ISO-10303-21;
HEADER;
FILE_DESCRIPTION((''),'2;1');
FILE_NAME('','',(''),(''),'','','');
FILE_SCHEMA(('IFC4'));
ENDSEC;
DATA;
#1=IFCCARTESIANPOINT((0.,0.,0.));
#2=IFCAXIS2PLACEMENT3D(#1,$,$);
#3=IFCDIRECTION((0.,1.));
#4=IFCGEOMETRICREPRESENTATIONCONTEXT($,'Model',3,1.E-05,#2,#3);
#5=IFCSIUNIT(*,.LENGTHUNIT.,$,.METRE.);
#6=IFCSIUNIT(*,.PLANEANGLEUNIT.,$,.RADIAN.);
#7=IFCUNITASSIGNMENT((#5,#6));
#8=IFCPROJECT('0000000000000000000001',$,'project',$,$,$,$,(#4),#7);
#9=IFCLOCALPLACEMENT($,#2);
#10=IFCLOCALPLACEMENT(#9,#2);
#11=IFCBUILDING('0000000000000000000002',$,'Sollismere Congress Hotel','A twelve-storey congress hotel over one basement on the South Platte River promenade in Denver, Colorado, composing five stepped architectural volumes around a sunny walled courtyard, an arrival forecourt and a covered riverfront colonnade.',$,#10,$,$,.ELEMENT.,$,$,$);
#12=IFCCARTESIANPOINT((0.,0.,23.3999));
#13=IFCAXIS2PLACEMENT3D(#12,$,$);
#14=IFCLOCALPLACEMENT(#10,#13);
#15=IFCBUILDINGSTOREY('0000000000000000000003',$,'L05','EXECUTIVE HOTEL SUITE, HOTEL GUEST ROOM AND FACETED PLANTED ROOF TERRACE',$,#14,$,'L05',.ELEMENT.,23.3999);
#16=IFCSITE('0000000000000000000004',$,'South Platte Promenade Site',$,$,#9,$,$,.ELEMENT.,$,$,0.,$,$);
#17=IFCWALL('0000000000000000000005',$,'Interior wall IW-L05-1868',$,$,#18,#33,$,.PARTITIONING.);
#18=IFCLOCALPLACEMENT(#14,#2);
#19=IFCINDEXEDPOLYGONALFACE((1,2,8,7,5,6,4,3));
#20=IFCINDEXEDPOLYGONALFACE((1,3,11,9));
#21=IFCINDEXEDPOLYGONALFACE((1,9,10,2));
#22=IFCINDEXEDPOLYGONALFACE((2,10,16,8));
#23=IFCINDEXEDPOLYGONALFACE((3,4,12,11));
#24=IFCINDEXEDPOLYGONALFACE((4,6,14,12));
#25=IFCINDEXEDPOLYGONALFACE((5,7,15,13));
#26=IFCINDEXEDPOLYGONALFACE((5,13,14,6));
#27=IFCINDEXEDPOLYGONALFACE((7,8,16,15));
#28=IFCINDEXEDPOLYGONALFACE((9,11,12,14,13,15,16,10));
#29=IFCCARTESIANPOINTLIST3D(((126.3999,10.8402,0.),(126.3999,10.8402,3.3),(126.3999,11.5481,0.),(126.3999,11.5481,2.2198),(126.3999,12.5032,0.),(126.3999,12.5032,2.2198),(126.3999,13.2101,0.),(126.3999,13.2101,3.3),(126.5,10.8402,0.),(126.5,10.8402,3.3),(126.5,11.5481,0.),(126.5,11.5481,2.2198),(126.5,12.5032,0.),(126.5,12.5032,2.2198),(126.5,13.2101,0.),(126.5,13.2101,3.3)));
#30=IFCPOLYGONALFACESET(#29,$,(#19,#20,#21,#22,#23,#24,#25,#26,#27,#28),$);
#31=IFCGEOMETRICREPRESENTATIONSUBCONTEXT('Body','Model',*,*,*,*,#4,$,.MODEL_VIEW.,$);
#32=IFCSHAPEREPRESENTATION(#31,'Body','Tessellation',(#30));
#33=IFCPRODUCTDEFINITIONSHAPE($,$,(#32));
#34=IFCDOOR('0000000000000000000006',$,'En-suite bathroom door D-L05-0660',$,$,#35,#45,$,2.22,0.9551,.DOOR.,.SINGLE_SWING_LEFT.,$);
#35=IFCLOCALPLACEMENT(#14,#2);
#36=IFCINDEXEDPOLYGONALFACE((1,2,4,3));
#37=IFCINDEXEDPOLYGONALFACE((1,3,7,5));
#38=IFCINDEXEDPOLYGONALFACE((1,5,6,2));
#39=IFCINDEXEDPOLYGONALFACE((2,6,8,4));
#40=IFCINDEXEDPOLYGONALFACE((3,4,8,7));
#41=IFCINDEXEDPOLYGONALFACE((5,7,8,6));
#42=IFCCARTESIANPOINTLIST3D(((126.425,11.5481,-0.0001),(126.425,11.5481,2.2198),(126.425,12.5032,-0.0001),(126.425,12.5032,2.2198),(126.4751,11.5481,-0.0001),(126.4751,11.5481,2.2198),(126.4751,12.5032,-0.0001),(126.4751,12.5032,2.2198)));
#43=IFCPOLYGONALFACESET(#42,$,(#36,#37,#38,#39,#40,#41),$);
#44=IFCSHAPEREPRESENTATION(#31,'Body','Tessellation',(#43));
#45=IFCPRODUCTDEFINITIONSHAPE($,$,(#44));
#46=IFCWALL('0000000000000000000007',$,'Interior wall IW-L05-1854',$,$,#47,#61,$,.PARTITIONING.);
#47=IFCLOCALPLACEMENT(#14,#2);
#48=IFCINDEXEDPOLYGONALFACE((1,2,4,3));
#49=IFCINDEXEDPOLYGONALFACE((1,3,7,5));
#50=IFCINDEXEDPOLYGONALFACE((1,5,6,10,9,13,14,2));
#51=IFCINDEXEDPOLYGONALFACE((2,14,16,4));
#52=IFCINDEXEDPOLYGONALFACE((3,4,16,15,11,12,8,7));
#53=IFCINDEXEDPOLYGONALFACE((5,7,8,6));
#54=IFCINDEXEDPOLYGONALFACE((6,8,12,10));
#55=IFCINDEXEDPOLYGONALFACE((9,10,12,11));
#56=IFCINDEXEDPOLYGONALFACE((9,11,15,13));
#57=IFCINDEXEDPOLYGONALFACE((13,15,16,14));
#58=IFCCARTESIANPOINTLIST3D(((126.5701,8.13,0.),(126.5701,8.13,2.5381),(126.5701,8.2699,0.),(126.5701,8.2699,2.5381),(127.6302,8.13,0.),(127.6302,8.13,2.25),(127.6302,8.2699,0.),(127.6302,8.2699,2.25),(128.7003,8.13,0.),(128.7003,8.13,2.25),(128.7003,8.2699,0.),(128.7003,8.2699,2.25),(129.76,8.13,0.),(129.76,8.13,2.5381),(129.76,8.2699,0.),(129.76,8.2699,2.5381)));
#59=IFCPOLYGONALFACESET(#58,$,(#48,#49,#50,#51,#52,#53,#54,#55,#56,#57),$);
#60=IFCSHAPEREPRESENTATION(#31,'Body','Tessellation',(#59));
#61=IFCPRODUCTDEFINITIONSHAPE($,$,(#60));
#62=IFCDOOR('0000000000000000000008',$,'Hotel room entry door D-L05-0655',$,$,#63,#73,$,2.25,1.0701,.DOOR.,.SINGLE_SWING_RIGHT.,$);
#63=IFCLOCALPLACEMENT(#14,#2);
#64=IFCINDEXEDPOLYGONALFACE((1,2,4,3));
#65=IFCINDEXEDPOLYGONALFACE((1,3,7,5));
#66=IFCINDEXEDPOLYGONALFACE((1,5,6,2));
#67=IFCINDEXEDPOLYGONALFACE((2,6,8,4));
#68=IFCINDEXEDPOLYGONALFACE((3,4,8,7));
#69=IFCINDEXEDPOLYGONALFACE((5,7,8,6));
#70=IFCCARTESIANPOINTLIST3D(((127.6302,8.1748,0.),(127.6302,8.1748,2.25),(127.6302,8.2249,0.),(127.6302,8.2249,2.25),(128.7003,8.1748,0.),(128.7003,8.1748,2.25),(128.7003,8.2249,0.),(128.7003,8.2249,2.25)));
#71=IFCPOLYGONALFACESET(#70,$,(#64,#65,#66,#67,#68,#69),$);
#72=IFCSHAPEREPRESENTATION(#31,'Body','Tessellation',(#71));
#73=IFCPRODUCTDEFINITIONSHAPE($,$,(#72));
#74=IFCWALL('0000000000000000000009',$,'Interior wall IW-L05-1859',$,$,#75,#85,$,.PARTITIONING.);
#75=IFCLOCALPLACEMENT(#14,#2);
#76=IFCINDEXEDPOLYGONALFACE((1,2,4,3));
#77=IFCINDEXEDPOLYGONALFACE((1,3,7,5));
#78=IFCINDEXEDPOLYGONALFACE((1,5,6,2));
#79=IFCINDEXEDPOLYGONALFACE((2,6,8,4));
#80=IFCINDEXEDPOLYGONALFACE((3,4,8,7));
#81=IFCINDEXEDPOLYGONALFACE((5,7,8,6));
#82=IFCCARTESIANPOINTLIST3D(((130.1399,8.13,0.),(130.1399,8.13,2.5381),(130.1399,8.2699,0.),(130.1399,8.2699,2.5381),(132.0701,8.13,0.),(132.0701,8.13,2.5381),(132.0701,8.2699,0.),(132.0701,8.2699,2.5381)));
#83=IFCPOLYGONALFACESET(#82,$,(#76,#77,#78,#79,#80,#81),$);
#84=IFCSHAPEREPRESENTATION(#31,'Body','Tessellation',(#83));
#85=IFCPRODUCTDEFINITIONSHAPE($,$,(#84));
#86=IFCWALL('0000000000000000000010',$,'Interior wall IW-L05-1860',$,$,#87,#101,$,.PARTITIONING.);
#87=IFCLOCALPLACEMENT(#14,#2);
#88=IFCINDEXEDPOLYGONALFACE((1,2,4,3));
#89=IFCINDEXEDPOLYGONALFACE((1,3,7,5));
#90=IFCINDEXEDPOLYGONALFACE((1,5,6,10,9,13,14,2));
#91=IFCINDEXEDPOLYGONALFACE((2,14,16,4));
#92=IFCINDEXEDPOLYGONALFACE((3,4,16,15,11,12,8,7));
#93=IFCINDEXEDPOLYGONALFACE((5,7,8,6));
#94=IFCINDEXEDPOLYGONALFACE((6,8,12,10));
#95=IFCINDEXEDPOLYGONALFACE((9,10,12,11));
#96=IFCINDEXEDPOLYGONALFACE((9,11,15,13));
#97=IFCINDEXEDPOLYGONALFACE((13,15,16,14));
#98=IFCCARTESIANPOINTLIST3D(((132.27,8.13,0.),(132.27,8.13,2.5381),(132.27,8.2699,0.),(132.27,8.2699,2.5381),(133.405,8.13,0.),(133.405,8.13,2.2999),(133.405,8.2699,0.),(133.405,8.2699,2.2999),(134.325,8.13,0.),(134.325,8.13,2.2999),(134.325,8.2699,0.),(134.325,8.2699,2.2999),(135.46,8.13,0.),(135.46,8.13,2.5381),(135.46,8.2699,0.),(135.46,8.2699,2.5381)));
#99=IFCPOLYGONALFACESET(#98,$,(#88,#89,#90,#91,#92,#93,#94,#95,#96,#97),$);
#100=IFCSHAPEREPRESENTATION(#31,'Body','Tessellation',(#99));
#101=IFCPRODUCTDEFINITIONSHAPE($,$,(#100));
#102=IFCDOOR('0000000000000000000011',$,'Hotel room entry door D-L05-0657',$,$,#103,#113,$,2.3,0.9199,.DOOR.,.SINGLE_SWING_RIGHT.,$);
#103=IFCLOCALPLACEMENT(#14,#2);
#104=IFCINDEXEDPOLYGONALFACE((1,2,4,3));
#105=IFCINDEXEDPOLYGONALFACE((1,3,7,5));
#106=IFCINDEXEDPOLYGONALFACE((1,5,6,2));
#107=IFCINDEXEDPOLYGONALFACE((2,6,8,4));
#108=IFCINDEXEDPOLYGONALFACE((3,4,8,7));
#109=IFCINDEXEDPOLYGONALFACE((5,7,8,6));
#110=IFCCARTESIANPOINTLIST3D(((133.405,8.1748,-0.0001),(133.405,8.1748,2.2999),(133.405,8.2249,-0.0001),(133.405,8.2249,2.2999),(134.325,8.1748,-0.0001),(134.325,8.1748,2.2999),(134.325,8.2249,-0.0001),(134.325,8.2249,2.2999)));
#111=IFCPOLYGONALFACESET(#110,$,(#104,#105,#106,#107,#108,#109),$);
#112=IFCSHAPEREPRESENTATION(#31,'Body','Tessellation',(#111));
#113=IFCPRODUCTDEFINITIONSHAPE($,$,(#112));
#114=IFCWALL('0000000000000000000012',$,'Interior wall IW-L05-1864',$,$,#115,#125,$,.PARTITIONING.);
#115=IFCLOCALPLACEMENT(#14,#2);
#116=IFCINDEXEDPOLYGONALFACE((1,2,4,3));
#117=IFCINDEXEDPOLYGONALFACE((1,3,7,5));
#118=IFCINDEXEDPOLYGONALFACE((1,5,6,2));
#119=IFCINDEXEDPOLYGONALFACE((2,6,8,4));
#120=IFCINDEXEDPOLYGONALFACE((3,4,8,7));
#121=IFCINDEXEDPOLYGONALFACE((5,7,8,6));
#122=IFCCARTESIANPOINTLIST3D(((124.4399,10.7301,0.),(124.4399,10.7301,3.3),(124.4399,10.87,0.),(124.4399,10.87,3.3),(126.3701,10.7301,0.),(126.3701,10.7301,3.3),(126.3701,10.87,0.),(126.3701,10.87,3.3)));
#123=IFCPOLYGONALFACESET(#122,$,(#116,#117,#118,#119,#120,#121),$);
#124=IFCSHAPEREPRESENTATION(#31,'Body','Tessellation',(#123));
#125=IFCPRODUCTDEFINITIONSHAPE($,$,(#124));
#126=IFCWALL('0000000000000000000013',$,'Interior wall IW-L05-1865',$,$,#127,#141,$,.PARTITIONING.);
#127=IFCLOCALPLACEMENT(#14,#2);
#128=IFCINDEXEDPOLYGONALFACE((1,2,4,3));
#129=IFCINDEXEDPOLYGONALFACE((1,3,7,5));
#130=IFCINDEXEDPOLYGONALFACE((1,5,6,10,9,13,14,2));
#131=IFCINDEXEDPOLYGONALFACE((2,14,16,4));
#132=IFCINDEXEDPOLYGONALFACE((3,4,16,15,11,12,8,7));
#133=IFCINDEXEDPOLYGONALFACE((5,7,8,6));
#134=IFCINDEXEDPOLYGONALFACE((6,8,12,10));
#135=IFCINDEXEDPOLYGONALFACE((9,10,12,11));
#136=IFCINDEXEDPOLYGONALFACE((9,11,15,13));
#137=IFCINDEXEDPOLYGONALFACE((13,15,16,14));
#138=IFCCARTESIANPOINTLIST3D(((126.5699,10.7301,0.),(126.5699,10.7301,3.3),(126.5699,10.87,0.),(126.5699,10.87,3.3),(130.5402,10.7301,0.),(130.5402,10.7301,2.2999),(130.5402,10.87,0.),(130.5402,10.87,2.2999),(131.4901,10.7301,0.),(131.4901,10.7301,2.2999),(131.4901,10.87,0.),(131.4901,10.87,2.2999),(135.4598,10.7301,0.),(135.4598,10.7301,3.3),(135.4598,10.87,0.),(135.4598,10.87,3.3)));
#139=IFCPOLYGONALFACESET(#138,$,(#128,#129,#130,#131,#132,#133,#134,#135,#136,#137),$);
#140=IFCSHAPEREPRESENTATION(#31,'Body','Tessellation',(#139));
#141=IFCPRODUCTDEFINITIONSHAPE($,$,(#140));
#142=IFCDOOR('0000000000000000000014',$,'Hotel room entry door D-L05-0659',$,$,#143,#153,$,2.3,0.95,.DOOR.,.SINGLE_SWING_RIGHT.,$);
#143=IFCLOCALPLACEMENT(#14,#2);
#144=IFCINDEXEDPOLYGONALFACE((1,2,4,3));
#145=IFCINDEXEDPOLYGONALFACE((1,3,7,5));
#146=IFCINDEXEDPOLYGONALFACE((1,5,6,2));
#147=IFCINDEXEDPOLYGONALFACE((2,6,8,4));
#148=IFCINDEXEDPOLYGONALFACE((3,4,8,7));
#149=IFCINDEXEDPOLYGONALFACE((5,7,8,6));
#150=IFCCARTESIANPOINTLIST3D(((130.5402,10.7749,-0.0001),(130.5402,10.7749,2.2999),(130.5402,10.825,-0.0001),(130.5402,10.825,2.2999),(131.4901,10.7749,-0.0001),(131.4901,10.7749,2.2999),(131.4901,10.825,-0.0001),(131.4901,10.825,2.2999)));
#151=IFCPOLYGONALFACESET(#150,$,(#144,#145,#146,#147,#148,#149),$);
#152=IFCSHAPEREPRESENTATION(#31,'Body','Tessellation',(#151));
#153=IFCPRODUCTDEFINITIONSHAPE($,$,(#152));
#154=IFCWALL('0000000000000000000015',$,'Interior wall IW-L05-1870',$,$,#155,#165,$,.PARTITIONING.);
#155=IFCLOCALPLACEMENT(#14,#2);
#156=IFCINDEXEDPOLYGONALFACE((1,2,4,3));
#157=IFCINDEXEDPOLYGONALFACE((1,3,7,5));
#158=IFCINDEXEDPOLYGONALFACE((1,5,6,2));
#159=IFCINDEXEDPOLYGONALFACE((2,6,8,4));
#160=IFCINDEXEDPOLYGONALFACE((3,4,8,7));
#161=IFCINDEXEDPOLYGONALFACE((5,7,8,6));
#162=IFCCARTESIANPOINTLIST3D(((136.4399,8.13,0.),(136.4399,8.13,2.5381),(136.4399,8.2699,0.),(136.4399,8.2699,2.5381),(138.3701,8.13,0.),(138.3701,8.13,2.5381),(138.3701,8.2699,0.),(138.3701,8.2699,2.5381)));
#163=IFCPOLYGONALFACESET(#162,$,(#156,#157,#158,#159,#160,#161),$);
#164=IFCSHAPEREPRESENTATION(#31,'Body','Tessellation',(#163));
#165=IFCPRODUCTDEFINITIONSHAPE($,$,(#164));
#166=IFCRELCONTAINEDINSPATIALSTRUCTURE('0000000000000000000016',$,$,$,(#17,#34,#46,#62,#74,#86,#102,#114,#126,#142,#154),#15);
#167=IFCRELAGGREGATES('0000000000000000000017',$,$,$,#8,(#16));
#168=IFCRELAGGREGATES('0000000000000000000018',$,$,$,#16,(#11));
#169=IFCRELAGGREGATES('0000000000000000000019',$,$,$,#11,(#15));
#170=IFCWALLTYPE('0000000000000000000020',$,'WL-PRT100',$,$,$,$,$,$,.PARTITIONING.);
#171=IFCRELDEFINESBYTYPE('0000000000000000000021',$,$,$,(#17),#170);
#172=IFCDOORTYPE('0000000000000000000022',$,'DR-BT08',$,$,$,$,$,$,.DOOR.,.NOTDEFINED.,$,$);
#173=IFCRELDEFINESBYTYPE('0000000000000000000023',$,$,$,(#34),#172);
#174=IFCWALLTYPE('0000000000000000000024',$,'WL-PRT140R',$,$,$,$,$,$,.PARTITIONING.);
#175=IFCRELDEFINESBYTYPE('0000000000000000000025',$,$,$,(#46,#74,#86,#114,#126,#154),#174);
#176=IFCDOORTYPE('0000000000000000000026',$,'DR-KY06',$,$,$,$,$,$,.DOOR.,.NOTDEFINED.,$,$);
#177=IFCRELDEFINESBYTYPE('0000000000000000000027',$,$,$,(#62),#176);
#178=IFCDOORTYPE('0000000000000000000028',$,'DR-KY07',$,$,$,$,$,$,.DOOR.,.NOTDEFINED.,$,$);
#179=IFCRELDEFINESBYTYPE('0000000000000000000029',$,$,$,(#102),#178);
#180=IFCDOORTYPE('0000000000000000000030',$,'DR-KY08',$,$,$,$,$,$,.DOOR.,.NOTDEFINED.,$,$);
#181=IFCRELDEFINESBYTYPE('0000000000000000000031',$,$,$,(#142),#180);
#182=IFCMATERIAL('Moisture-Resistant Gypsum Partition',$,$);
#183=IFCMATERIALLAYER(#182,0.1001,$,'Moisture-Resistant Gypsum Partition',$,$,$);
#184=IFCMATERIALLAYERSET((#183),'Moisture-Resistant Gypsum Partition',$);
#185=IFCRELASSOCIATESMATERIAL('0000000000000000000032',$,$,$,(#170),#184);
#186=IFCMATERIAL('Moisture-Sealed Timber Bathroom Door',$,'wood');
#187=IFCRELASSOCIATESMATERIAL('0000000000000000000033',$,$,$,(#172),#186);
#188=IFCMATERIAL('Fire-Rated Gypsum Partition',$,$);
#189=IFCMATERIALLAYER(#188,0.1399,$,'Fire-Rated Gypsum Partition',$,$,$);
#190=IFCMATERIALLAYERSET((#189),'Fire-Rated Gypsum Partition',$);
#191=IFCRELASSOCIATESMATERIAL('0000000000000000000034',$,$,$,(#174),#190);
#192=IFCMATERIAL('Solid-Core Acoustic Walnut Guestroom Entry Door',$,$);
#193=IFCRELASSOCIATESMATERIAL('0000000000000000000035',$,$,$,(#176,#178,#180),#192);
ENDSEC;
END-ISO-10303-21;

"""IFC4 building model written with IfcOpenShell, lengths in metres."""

from ifc_helpers import new_model, si_unit, direction, frame, frame_2d, origin, place, context, subcontext, project, spatial, rectangle, extrude, material, layer, layer_set, type_object, element, fill, save


model = new_model("IFC4")

# Units and contexts
model_context = context("Model", 3, precision=1e-05, world=origin(), true_north=direction((0.0, 1.0)))
body_context = subcontext(model_context, "Body", "Model", "MODEL_VIEW")
ifc_project = project(units=[si_unit("LENGTHUNIT", "METRE"), si_unit("PLANEANGLEUNIT", "RADIAN")], contexts=[model_context])

# Site, building, storey
site_placement = place(None, origin())
site = spatial("IfcSite", under=ifc_project, at=site_placement, Name="South Platte Promenade Site", CompositionType="ELEMENT", RefElevation=0.0)
building_placement = place(site_placement, origin())
building = spatial("IfcBuilding", under=site, at=building_placement, Name="Sollismere Congress Hotel", Description="A twelve-storey congress hotel over one basement on the South Platte River promenade in Denver, Colorado, composing five stepped architectural volumes around a sunny walled courtyard, an arrival forecourt and a covered riverfront colonnade.", CompositionType="ELEMENT")
storey_placement = place(building_placement, frame((0.0, 0.0, 23.3999)))
storey = spatial("IfcBuildingStorey", under=building, at=storey_placement, Name="L05", Description="EXECUTIVE HOTEL SUITE, HOTEL GUEST ROOM AND FACETED PLANTED ROOF TERRACE", LongName="L05", CompositionType="ELEMENT", Elevation=23.3999)

# Walls, openings, doors
ifc_material_1 = material(Name="Moisture-Resistant Gypsum Partition")
ifc_layer_1 = layer(ifc_material_1, 0.1001, Name="Moisture-Resistant Gypsum Partition")
ifc_layer_set_1 = layer_set([ifc_layer_1], Name="Moisture-Resistant Gypsum Partition")
wall_type_1 = type_object("IfcWallType", Name="WL-PRT100", PredefinedType="PARTITIONING", material=ifc_layer_set_1)
wall_1_placement = place(storey_placement, frame((126.45, 10.8401, 0.0), z_axis=(0.0, 0.0, 1.0), x_axis=(0.0, 1.0, 0.0)))
wall_1 = element("IfcWall", 1, at=wall_1_placement, inside=storey, type_object=wall_type_1, Name="Interior wall IW-L05-1868", PredefinedType="PARTITIONING", context=body_context, shape_type="SweptSolid", body=[
    extrude(rectangle(XDim=2.3699, YDim=0.1001, at=frame_2d((1.1851, 0.0))), origin(), (0.0, 0.0, 1.0), 3.3),
])
opening_1_placement = place(wall_1_placement, frame((0.708, 0.0, 0.0)))
opening_1 = element("IfcOpeningElement", 2, at=opening_1_placement, cuts=wall_1, PredefinedType="OPENING", context=body_context, shape_type="SweptSolid", body=[
    extrude(rectangle(XDim=0.9551, YDim=2.22, at=frame_2d((0.4775, 1.1099))), frame((0.0, 0.0601, 0.0), z_axis=(0.0, -1.0, 0.0), x_axis=(1.0, 0.0, 0.0)), (0.0, 0.0, 1.0), 0.1201),
])
ifc_material_2 = material(Name="Moisture-Sealed Timber Bathroom Door", Category="wood")
door_type_1 = type_object("IfcDoorType", Name="DR-BT08", OperationType="NOTDEFINED", PredefinedType="DOOR", material=ifc_material_2)
door_1_placement = place(opening_1_placement, origin())
door_1 = element("IfcDoor", 3, at=door_1_placement, inside=storey, type_object=door_type_1, Name="En-suite bathroom door D-L05-0660", OperationType="SINGLE_SWING_LEFT", OverallHeight=2.22, OverallWidth=0.9551, PredefinedType="DOOR", context=body_context, shape_type="SweptSolid", body=[
    extrude(rectangle(XDim=0.9551, YDim=2.22, at=frame_2d((0.4775, 1.1099))), frame((0.0, 0.0249, 0.0), z_axis=(0.0, -1.0, 0.0), x_axis=(1.0, 0.0, 0.0)), (0.0, 0.0, 1.0), 0.05),
])
fill(opening_1, door_1)
ifc_material_3 = material(Name="Fire-Rated Gypsum Partition")
ifc_layer_2 = layer(ifc_material_3, 0.1399, Name="Fire-Rated Gypsum Partition")
ifc_layer_set_2 = layer_set([ifc_layer_2], Name="Fire-Rated Gypsum Partition")
wall_type_2 = type_object("IfcWallType", Name="WL-PRT140R", PredefinedType="PARTITIONING", material=ifc_layer_set_2)
wall_2_placement = place(storey_placement, frame((126.5701, 8.2, 0.0), z_axis=(0.0, 0.0, 1.0), x_axis=(1.0, 0.0, 0.0)))
wall_2 = element("IfcWall", 4, at=wall_2_placement, inside=storey, type_object=wall_type_2, Name="Interior wall IW-L05-1854", PredefinedType="PARTITIONING", context=body_context, shape_type="SweptSolid", body=[
    extrude(rectangle(XDim=3.1899, YDim=0.1399, at=frame_2d((1.595, 0.0))), origin(), (0.0, 0.0, 1.0), 2.5381),
])
opening_2_placement = place(wall_2_placement, frame((1.0601, 0.0, 0.0)))
opening_2 = element("IfcOpeningElement", 5, at=opening_2_placement, cuts=wall_2, PredefinedType="OPENING", context=body_context, shape_type="SweptSolid", body=[
    extrude(rectangle(XDim=1.0701, YDim=2.25, at=frame_2d((0.5352, 1.125))), frame((0.0, 0.0798, 0.0), z_axis=(0.0, -1.0, 0.0), x_axis=(1.0, 0.0, 0.0)), (0.0, 0.0, 1.0), 0.1599),
])
ifc_material_4 = material(Name="Solid-Core Acoustic Walnut Guestroom Entry Door")
door_type_2 = type_object("IfcDoorType", Name="DR-KY06", OperationType="NOTDEFINED", PredefinedType="DOOR", material=ifc_material_4)
door_2_placement = place(opening_2_placement, origin())
door_2 = element("IfcDoor", 6, at=door_2_placement, inside=storey, type_object=door_type_2, Name="Hotel room entry door D-L05-0655", OperationType="SINGLE_SWING_RIGHT", OverallHeight=2.25, OverallWidth=1.0701, PredefinedType="DOOR", context=body_context, shape_type="SweptSolid", body=[
    extrude(rectangle(XDim=1.0701, YDim=2.25, at=frame_2d((0.5352, 1.125))), frame((0.0, 0.0249, 0.0), z_axis=(0.0, -1.0, 0.0), x_axis=(1.0, 0.0, 0.0)), (0.0, 0.0, 1.0), 0.05),
])
fill(opening_2, door_2)

# Wall
wall_3_placement = place(storey_placement, frame((130.1399, 8.2, 0.0), z_axis=(0.0, 0.0, 1.0), x_axis=(1.0, 0.0, 0.0)))
element("IfcWall", 7, at=wall_3_placement, inside=storey, type_object=wall_type_2, Name="Interior wall IW-L05-1859", PredefinedType="PARTITIONING", context=body_context, shape_type="SweptSolid", body=[
    extrude(rectangle(XDim=1.9302, YDim=0.1399, at=frame_2d((0.9651, 0.0))), origin(), (0.0, 0.0, 1.0), 2.5381),
])

# Wall, opening, door
wall_4_placement = place(storey_placement, frame((132.27, 8.2, 0.0), z_axis=(0.0, 0.0, 1.0), x_axis=(1.0, 0.0, 0.0)))
wall_4 = element("IfcWall", 8, at=wall_4_placement, inside=storey, type_object=wall_type_2, Name="Interior wall IW-L05-1860", PredefinedType="PARTITIONING", context=body_context, shape_type="SweptSolid", body=[
    extrude(rectangle(XDim=3.1899, YDim=0.1399, at=frame_2d((1.595, 0.0))), origin(), (0.0, 0.0, 1.0), 2.5381),
])
opening_3_placement = place(wall_4_placement, frame((1.135, 0.0, 0.0)))
opening_3 = element("IfcOpeningElement", 9, at=opening_3_placement, cuts=wall_4, PredefinedType="OPENING", context=body_context, shape_type="SweptSolid", body=[
    extrude(rectangle(XDim=0.9199, YDim=2.3, at=frame_2d((0.46, 1.1499))), frame((0.0, 0.0798, 0.0), z_axis=(0.0, -1.0, 0.0), x_axis=(1.0, 0.0, 0.0)), (0.0, 0.0, 1.0), 0.1599),
])
door_type_3 = type_object("IfcDoorType", Name="DR-KY07", OperationType="NOTDEFINED", PredefinedType="DOOR", material=ifc_material_4)
door_3_placement = place(opening_3_placement, origin())
door_3 = element("IfcDoor", 10, at=door_3_placement, inside=storey, type_object=door_type_3, Name="Hotel room entry door D-L05-0657", OperationType="SINGLE_SWING_RIGHT", OverallHeight=2.3, OverallWidth=0.9199, PredefinedType="DOOR", context=body_context, shape_type="SweptSolid", body=[
    extrude(rectangle(XDim=0.9199, YDim=2.3, at=frame_2d((0.46, 1.1499))), frame((0.0, 0.0249, 0.0), z_axis=(0.0, -1.0, 0.0), x_axis=(1.0, 0.0, 0.0)), (0.0, 0.0, 1.0), 0.05),
])
fill(opening_3, door_3)

# Wall
wall_5_placement = place(storey_placement, frame((124.4399, 10.8, 0.0), z_axis=(0.0, 0.0, 1.0), x_axis=(1.0, 0.0, 0.0)))
element("IfcWall", 11, at=wall_5_placement, inside=storey, type_object=wall_type_2, Name="Interior wall IW-L05-1864", PredefinedType="PARTITIONING", context=body_context, shape_type="SweptSolid", body=[
    extrude(rectangle(XDim=1.9302, YDim=0.1399, at=frame_2d((0.9651, 0.0))), origin(), (0.0, 0.0, 1.0), 3.3),
])

# Wall, opening, door
wall_6_placement = place(storey_placement, frame((126.5701, 10.8, 0.0), z_axis=(0.0, 0.0, 1.0), x_axis=(1.0, 0.0, 0.0)))
wall_6 = element("IfcWall", 12, at=wall_6_placement, inside=storey, type_object=wall_type_2, Name="Interior wall IW-L05-1865", PredefinedType="PARTITIONING", context=body_context, shape_type="SweptSolid", body=[
    extrude(rectangle(XDim=8.8899, YDim=0.1399, at=frame_2d((4.4448, 0.0))), origin(), (0.0, 0.0, 1.0), 3.3),
])
opening_4_placement = place(wall_6_placement, frame((3.97, 0.0, 0.0)))
opening_4 = element("IfcOpeningElement", 13, at=opening_4_placement, cuts=wall_6, PredefinedType="OPENING", context=body_context, shape_type="SweptSolid", body=[
    extrude(rectangle(XDim=0.95, YDim=2.3, at=frame_2d((0.4751, 1.1499))), frame((0.0, 0.0798, 0.0), z_axis=(0.0, -1.0, 0.0), x_axis=(1.0, 0.0, 0.0)), (0.0, 0.0, 1.0), 0.1599),
])
door_type_4 = type_object("IfcDoorType", Name="DR-KY08", OperationType="NOTDEFINED", PredefinedType="DOOR", material=ifc_material_4)
door_4_placement = place(opening_4_placement, origin())
door_4 = element("IfcDoor", 14, at=door_4_placement, inside=storey, type_object=door_type_4, Name="Hotel room entry door D-L05-0659", OperationType="SINGLE_SWING_RIGHT", OverallHeight=2.3, OverallWidth=0.95, PredefinedType="DOOR", context=body_context, shape_type="SweptSolid", body=[
    extrude(rectangle(XDim=0.95, YDim=2.3, at=frame_2d((0.4751, 1.1499))), frame((0.0, 0.0249, 0.0), z_axis=(0.0, -1.0, 0.0), x_axis=(1.0, 0.0, 0.0)), (0.0, 0.0, 1.0), 0.05),
])
fill(opening_4, door_4)

# Wall
wall_7_placement = place(storey_placement, frame((136.4399, 8.2, 0.0), z_axis=(0.0, 0.0, 1.0), x_axis=(1.0, 0.0, 0.0)))
element("IfcWall", 15, at=wall_7_placement, inside=storey, type_object=wall_type_2, Name="Interior wall IW-L05-1870", PredefinedType="PARTITIONING", context=body_context, shape_type="SweptSolid", body=[
    extrude(rectangle(XDim=1.9302, YDim=0.1399, at=frame_2d((0.9651, 0.0))), origin(), (0.0, 0.0, 1.0), 2.5381),
])

save(model, "model.ifc")
